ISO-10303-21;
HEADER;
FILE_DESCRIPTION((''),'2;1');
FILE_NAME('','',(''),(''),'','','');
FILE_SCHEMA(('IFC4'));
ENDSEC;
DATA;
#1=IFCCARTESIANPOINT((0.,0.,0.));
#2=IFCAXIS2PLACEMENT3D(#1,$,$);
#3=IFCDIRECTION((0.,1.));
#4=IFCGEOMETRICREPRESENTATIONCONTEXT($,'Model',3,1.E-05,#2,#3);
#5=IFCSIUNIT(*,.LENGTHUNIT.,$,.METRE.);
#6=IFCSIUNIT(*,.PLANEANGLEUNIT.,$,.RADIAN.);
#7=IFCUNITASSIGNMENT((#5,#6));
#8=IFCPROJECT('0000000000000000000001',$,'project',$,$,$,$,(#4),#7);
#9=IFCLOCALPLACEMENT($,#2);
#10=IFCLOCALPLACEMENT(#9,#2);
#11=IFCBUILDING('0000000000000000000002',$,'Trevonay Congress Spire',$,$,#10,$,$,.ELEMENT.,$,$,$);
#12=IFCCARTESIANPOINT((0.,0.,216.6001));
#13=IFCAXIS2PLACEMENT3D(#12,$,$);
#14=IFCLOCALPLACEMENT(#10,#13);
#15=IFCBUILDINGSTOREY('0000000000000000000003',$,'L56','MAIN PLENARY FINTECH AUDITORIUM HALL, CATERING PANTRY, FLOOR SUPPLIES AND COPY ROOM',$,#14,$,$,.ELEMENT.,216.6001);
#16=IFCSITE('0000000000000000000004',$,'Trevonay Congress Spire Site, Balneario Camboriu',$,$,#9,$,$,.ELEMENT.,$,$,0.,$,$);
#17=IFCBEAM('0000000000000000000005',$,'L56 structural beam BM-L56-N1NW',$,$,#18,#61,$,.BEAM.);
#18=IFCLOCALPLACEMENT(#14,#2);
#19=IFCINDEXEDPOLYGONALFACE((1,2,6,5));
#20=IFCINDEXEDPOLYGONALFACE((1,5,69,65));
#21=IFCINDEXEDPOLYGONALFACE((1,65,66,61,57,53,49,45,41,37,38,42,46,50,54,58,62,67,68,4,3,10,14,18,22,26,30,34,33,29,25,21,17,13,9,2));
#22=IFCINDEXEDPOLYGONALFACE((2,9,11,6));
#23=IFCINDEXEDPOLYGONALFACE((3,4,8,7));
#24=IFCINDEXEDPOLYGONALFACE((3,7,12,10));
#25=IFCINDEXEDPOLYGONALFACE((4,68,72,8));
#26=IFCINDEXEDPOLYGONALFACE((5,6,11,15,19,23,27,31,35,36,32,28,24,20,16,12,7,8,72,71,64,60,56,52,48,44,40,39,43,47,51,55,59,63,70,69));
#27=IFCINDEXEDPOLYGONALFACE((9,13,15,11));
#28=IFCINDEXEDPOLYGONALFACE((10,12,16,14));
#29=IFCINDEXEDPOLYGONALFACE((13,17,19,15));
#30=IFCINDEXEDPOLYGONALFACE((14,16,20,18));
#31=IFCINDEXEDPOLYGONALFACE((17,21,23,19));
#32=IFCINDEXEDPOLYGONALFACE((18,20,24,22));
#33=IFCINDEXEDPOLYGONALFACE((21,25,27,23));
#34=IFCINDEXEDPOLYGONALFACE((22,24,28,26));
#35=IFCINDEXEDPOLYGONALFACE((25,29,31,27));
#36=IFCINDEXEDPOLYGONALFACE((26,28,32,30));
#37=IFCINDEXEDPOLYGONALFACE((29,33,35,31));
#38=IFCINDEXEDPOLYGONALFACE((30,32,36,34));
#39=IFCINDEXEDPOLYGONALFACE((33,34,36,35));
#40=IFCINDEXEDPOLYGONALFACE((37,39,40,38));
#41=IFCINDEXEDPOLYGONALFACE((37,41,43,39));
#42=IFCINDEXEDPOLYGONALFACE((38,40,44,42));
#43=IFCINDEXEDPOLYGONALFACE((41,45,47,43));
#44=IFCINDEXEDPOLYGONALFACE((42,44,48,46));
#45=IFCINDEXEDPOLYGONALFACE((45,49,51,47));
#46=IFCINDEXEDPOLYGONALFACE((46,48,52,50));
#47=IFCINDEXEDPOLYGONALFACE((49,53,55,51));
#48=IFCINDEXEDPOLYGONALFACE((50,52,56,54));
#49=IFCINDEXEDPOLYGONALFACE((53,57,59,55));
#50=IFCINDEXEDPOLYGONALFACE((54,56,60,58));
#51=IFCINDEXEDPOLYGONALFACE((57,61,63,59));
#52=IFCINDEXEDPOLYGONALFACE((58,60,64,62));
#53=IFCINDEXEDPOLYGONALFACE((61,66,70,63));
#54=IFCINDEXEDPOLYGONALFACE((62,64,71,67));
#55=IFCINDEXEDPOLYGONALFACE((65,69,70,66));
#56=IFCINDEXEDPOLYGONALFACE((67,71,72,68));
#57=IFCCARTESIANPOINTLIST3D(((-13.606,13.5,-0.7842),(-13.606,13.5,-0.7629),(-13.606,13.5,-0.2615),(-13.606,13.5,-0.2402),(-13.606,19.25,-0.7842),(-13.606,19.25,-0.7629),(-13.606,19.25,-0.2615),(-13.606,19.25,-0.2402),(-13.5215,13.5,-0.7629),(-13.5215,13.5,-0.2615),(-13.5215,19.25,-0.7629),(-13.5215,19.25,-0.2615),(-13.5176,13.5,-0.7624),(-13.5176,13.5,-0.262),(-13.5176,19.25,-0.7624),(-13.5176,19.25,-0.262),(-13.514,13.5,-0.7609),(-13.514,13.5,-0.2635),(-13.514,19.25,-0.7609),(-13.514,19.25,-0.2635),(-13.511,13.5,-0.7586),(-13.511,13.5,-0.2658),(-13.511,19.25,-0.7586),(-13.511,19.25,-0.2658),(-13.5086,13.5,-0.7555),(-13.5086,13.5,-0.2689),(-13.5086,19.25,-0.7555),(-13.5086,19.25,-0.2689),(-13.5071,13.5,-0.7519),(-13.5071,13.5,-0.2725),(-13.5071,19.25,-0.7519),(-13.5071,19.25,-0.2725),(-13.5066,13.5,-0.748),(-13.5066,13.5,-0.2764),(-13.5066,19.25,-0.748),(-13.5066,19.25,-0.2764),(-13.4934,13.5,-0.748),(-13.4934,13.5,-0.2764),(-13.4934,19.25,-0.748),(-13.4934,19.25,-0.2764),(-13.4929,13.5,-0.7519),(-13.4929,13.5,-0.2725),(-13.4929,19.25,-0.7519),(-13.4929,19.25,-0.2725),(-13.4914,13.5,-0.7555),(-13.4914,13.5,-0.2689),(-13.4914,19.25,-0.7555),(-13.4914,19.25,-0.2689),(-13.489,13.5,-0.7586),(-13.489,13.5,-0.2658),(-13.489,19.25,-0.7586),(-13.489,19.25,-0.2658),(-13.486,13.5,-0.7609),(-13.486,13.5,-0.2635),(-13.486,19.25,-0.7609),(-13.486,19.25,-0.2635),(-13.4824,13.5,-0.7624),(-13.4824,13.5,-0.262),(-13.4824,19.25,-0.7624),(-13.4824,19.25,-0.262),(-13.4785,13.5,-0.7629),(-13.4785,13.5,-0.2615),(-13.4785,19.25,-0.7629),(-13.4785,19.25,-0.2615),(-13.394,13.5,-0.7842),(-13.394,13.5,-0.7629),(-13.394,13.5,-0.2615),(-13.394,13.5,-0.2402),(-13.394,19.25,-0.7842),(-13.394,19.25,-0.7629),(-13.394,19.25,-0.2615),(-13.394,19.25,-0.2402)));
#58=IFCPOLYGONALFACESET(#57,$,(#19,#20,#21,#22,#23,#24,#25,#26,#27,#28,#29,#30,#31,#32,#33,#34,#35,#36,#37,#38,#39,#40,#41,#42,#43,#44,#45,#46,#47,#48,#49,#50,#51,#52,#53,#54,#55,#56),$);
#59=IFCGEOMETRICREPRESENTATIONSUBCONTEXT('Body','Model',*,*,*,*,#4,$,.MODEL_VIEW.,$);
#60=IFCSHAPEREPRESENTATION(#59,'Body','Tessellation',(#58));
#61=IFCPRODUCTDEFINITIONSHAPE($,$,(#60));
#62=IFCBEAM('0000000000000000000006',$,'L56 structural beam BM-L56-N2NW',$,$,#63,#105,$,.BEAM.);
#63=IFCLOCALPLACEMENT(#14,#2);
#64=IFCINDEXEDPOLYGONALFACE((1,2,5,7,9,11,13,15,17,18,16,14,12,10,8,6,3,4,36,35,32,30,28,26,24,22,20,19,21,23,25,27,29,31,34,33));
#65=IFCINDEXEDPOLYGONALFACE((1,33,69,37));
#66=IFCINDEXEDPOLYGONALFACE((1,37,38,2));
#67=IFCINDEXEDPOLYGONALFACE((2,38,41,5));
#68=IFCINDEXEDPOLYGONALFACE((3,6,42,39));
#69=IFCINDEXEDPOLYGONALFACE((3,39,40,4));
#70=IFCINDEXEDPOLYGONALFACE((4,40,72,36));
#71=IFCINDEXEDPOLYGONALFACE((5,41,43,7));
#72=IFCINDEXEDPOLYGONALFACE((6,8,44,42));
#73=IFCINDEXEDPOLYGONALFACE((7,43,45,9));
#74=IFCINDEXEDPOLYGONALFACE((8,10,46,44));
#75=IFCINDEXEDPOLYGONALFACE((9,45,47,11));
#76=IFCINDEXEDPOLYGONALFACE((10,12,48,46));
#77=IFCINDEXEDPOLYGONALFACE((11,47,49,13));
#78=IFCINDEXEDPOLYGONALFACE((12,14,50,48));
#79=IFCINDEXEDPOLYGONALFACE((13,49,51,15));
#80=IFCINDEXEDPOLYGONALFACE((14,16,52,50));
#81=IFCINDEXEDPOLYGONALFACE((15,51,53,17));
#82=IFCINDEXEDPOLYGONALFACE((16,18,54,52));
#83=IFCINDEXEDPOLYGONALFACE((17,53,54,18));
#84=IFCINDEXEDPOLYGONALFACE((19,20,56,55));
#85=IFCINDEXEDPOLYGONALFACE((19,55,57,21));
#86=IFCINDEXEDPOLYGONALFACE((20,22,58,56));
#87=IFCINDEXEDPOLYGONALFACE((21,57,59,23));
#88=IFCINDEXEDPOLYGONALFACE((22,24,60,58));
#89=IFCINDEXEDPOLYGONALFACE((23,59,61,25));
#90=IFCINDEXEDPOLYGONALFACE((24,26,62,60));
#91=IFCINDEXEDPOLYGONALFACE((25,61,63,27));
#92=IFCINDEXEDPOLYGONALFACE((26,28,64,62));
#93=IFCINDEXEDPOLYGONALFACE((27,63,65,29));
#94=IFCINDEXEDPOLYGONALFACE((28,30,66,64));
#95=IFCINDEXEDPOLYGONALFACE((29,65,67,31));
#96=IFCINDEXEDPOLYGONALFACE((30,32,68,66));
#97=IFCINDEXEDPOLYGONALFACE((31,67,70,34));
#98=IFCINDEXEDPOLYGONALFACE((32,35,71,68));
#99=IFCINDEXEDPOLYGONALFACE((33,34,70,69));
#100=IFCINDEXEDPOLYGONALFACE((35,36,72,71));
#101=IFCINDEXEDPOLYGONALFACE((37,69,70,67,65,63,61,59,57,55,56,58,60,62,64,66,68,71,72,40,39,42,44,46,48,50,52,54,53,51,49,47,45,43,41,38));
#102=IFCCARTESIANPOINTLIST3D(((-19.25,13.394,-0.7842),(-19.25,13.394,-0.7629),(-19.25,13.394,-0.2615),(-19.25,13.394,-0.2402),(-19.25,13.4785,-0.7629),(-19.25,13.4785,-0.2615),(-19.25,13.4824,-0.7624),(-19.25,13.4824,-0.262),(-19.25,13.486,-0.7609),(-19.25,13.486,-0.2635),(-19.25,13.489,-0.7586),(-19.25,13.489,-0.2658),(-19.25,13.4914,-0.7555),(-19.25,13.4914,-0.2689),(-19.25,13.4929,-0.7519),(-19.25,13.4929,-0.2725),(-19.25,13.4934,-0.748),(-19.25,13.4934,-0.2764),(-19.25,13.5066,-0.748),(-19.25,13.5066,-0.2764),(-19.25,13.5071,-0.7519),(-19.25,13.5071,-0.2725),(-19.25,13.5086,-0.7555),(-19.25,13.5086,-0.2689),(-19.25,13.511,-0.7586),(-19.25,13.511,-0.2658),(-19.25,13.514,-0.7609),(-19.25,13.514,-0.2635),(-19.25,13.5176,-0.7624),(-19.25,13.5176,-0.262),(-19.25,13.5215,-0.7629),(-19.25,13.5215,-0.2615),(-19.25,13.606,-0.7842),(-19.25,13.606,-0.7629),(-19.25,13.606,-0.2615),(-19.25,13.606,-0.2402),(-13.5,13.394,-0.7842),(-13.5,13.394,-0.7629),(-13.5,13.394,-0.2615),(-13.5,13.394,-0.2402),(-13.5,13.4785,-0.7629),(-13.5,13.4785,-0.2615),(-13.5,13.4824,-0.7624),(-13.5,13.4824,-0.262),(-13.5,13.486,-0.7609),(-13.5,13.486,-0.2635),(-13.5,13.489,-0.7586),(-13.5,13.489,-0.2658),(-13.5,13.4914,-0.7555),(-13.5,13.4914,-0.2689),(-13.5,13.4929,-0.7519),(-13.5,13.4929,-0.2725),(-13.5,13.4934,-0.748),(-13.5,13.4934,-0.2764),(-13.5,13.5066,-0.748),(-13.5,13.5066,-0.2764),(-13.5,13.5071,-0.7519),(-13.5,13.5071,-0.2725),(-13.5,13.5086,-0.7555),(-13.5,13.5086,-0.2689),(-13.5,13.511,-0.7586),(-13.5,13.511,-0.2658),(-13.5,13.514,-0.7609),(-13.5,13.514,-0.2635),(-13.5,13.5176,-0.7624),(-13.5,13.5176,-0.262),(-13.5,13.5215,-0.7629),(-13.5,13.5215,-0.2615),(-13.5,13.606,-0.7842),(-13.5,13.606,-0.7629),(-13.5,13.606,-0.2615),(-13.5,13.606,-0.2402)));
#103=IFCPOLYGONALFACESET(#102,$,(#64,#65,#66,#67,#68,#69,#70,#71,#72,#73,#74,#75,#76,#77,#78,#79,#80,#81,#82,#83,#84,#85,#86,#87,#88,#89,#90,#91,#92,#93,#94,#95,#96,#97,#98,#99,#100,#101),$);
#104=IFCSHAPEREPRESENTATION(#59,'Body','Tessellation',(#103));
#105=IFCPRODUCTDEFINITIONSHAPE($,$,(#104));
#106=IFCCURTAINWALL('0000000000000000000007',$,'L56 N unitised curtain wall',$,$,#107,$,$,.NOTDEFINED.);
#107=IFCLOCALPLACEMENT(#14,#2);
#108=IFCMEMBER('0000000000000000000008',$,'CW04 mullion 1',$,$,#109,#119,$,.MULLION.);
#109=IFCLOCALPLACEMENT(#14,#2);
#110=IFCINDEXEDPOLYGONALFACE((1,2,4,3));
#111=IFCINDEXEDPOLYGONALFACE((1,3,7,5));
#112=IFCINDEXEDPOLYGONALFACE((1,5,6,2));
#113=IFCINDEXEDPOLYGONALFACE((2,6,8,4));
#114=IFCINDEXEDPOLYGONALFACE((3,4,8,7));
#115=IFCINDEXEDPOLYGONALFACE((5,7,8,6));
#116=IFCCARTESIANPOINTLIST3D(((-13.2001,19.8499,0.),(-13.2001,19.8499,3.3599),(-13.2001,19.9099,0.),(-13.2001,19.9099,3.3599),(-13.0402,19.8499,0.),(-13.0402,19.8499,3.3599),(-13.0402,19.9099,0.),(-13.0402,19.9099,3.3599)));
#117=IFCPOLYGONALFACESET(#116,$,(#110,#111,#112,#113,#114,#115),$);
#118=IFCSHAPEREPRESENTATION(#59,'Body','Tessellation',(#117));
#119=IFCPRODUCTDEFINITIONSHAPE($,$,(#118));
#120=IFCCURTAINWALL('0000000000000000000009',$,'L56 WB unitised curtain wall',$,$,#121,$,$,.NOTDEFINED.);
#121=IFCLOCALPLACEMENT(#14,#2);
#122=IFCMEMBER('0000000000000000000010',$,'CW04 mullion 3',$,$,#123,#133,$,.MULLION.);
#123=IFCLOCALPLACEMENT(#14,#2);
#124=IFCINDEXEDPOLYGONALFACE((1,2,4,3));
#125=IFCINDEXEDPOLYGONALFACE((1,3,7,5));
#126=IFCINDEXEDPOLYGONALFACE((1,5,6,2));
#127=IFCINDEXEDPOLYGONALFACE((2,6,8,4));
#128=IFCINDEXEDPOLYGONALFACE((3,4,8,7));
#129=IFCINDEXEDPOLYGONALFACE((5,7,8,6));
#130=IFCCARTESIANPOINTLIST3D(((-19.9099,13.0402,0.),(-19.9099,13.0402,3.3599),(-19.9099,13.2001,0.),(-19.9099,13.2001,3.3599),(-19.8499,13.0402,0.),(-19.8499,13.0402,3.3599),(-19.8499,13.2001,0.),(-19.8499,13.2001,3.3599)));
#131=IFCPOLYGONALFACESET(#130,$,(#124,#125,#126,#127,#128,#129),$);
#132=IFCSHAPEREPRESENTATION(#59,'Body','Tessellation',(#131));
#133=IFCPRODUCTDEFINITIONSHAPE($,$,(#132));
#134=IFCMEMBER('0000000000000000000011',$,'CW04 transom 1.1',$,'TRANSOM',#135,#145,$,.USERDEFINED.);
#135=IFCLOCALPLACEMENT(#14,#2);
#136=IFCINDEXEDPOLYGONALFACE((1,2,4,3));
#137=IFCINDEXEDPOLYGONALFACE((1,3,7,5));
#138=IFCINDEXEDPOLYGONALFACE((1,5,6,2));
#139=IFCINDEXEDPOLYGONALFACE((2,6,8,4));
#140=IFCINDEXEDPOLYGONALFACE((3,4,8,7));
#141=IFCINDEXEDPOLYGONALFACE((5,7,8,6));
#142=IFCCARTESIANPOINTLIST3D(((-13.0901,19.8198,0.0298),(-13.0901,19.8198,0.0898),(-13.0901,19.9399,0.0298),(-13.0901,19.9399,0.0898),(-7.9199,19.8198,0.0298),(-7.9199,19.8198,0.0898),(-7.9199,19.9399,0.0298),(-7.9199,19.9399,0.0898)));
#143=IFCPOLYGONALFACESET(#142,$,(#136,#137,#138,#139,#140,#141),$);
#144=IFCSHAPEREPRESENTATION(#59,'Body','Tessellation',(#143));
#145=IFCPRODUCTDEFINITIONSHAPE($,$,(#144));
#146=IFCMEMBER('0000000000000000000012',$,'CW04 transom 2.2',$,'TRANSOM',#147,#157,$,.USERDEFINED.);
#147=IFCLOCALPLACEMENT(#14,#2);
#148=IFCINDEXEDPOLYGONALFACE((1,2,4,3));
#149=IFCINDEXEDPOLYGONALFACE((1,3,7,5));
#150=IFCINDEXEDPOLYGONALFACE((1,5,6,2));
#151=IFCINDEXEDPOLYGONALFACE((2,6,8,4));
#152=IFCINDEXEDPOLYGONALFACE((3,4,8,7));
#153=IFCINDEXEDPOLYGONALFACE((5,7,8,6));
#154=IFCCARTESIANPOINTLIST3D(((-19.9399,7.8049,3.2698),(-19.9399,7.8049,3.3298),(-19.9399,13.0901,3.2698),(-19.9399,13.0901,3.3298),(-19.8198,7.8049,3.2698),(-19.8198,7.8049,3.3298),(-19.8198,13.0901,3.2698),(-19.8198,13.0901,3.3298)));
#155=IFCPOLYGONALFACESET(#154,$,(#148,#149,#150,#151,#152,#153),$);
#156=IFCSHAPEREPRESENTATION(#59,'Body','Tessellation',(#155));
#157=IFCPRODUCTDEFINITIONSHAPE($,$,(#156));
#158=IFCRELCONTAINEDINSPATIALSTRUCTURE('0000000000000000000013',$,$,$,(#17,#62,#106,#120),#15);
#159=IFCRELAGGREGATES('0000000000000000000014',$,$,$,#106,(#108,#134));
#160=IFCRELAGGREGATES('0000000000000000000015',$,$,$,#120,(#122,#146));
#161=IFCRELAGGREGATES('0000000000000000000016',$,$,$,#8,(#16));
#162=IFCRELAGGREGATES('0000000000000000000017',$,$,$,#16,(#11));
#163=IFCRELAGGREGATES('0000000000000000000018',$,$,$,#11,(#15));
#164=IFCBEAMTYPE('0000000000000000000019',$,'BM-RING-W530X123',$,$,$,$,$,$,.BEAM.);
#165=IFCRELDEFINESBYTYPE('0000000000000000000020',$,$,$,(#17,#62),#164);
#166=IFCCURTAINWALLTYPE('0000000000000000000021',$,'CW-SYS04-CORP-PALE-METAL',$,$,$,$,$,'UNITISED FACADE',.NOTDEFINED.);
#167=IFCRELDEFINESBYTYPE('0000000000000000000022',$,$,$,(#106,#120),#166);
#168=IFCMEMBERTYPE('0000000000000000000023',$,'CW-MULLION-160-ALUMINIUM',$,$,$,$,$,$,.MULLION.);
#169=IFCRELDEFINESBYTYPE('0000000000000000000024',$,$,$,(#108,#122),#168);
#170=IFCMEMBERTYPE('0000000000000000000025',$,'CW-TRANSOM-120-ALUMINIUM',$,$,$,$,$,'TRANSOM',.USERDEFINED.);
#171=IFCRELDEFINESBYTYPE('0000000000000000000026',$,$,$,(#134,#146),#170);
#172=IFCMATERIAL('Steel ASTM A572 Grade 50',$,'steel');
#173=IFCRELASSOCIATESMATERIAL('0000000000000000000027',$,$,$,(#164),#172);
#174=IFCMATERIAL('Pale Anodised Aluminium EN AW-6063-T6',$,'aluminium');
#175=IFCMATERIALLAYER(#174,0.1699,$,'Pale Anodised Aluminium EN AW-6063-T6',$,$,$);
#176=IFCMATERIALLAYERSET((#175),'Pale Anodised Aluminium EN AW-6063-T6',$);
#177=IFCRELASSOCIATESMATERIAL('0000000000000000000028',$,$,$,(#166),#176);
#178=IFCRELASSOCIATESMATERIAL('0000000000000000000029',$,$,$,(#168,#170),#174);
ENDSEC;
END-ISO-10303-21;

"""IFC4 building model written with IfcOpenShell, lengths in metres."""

from ifc_helpers import new_model, si_unit, direction, frame, origin, origin_2d, place, context, subcontext, project, spatial, rectangle, i_section, extrude, material, layer, layer_set, material_profile, profile_set, type_object, element, aggregate, save


model = new_model("IFC4")

# Units and contexts
model_context = context("Model", 3, precision=1e-05, world=origin(), true_north=direction((0.0, 1.0)))
body_context = subcontext(model_context, "Body", "Model", "MODEL_VIEW")
ifc_project = project(units=[si_unit("LENGTHUNIT", "METRE"), si_unit("PLANEANGLEUNIT", "RADIAN")], contexts=[model_context])

# Site, building, storey
site_placement = place(None, origin())
site = spatial("IfcSite", under=ifc_project, at=site_placement, Name="Trevonay Congress Spire Site, Balneario Camboriu", CompositionType="ELEMENT", RefElevation=0.0)
building_placement = place(site_placement, origin())
building = spatial("IfcBuilding", under=site, at=building_placement, Name="Trevonay Congress Spire", CompositionType="ELEMENT")
storey_placement = place(building_placement, frame((0.0, 0.0, 216.6001)))
storey = spatial("IfcBuildingStorey", under=building, at=storey_placement, Name="L56", Description="MAIN PLENARY FINTECH AUDITORIUM HALL, CATERING PANTRY, FLOOR SUPPLIES AND COPY ROOM", CompositionType="ELEMENT", Elevation=216.6001)

# Shared definitions
ifc_material_1 = material(Name="Steel ASTM A572 Grade 50", Category="steel")

# Beams
ifc_material_profile_1 = material_profile(ifc_material_1, i_section(OverallWidth=0.2119, OverallDepth=0.5439, WebThickness=0.0132, FlangeThickness=0.0212, FilletRadius=0.0149, at=origin_2d()), Name="W530x123")
ifc_profile_set_1 = profile_set([ifc_material_profile_1], Name="Steel ASTM A572 Grade 50")
beam_type_1 = type_object("IfcBeamType", Name="BM-RING-W530X123", PredefinedType="BEAM", material=ifc_profile_set_1)
for number, where, z_axis, x_axis, name in (
    (1, (-13.5, 19.25, -0.5122), (0.0, -1.0, 0.0), (1.0, 0.0, 0.0), "L56 structural beam BM-L56-N1NW"),
    (2, (-19.25, 13.5, -0.5122), (1.0, 0.0, 0.0), (0.0, 1.0, 0.0), "L56 structural beam BM-L56-N2NW"),
):
    element("IfcBeam", number, at=place(storey_placement, frame(where, z_axis=z_axis, x_axis=x_axis)), inside=storey, type_object=beam_type_1, Name=name, PredefinedType="BEAM", context=body_context, shape_type="SweptSolid", body=[
        extrude(i_section(OverallWidth=0.2119, OverallDepth=0.5439, WebThickness=0.0132, FlangeThickness=0.0212, FilletRadius=0.0149, at=origin_2d()), origin(), (0.0, 0.0, 1.0), 5.75),
    ])

# Curtain walls, members
ifc_material_2 = material(Name="Pale Anodised Aluminium EN AW-6063-T6", Category="aluminium")
ifc_layer_1 = layer(ifc_material_2, 0.1699, Name="Pale Anodised Aluminium EN AW-6063-T6")
ifc_layer_set_1 = layer_set([ifc_layer_1], Name="Pale Anodised Aluminium EN AW-6063-T6")
curtain_wall_type = type_object("IfcCurtainWallType", Name="CW-SYS04-CORP-PALE-METAL", ElementType="UNITISED FACADE", PredefinedType="NOTDEFINED", material=ifc_layer_set_1)
curtain_wall_1_placement = place(storey_placement, origin())
curtain_wall_1 = element("IfcCurtainWall", 3, at=curtain_wall_1_placement, inside=storey, type_object=curtain_wall_type, Name="L56 N unitised curtain wall", PredefinedType="NOTDEFINED")
ifc_material_profile_2 = material_profile(ifc_material_2, rectangle(XDim=0.0601, YDim=0.1599, at=origin_2d()), Name="CW-MULLION-160-ALUMINIUM")
ifc_profile_set_2 = profile_set([ifc_material_profile_2], Name="Pale Anodised Aluminium EN AW-6063-T6")
member_type_1 = type_object("IfcMemberType", Name="CW-MULLION-160-ALUMINIUM", PredefinedType="MULLION", material=ifc_profile_set_2)
member_1_placement = place(storey_placement, frame((-13.1201, 19.8799, 0.0), z_axis=(0.0, 0.0, 1.0), x_axis=(0.0, 1.0, 0.0)))
member_1 = element("IfcMember", 4, at=member_1_placement, type_object=member_type_1, Name="CW04 mullion 1", PredefinedType="MULLION", context=body_context, shape_type="SweptSolid", body=[
    extrude(rectangle(XDim=0.0601, YDim=0.1599, at=origin_2d()), origin(), (0.0, 0.0, 1.0), 3.3599),
])
curtain_wall_2_placement = place(storey_placement, origin())
curtain_wall_2 = element("IfcCurtainWall", 5, at=curtain_wall_2_placement, inside=storey, type_object=curtain_wall_type, Name="L56 WB unitised curtain wall", PredefinedType="NOTDEFINED")
member_2_placement = place(storey_placement, frame((-19.8799, 13.1201, 0.0), z_axis=(0.0, 0.0, 1.0), x_axis=(-1.0, 0.0, 0.0)))
member_2 = element("IfcMember", 6, at=member_2_placement, type_object=member_type_1, Name="CW04 mullion 3", PredefinedType="MULLION", context=body_context, shape_type="SweptSolid", body=[
    extrude(rectangle(XDim=0.0601, YDim=0.1599, at=origin_2d()), origin(), (0.0, 0.0, 1.0), 3.3599),
])

# Members
ifc_material_profile_3 = material_profile(ifc_material_2, rectangle(XDim=0.1201, YDim=0.0601, at=origin_2d()), Name="CW-TRANSOM-120-ALUMINIUM")
ifc_profile_set_3 = profile_set([ifc_material_profile_3], Name="Pale Anodised Aluminium EN AW-6063-T6")
member_type_2 = type_object("IfcMemberType", Name="CW-TRANSOM-120-ALUMINIUM", ElementType="TRANSOM", PredefinedType="USERDEFINED", material=ifc_profile_set_3)
member_3_placement = place(storey_placement, frame((-13.0901, 19.8799, 0.0598), z_axis=(1.0, 0.0, 0.0), x_axis=(0.0, 1.0, 0.0)))
member_3 = element("IfcMember", 7, at=member_3_placement, type_object=member_type_2, Name="CW04 transom 1.1", ObjectType="TRANSOM", PredefinedType="USERDEFINED", context=body_context, shape_type="SweptSolid", body=[
    extrude(rectangle(XDim=0.1201, YDim=0.0601, at=origin_2d()), origin(), (0.0, 0.0, 1.0), 5.1702),
])
aggregate(curtain_wall_1, [member_1, member_3])
member_4_placement = place(storey_placement, frame((-19.8799, 7.8049, 3.2998), z_axis=(0.0, 1.0, 0.0), x_axis=(-1.0, 0.0, 0.0)))
member_4 = element("IfcMember", 8, at=member_4_placement, type_object=member_type_2, Name="CW04 transom 2.2", ObjectType="TRANSOM", PredefinedType="USERDEFINED", context=body_context, shape_type="SweptSolid", body=[
    extrude(rectangle(XDim=0.1201, YDim=0.0601, at=origin_2d()), origin(), (0.0, 0.0, 1.0), 5.2852),
])

aggregate(curtain_wall_2, [member_2, member_4])

save(model, "model.ifc")
